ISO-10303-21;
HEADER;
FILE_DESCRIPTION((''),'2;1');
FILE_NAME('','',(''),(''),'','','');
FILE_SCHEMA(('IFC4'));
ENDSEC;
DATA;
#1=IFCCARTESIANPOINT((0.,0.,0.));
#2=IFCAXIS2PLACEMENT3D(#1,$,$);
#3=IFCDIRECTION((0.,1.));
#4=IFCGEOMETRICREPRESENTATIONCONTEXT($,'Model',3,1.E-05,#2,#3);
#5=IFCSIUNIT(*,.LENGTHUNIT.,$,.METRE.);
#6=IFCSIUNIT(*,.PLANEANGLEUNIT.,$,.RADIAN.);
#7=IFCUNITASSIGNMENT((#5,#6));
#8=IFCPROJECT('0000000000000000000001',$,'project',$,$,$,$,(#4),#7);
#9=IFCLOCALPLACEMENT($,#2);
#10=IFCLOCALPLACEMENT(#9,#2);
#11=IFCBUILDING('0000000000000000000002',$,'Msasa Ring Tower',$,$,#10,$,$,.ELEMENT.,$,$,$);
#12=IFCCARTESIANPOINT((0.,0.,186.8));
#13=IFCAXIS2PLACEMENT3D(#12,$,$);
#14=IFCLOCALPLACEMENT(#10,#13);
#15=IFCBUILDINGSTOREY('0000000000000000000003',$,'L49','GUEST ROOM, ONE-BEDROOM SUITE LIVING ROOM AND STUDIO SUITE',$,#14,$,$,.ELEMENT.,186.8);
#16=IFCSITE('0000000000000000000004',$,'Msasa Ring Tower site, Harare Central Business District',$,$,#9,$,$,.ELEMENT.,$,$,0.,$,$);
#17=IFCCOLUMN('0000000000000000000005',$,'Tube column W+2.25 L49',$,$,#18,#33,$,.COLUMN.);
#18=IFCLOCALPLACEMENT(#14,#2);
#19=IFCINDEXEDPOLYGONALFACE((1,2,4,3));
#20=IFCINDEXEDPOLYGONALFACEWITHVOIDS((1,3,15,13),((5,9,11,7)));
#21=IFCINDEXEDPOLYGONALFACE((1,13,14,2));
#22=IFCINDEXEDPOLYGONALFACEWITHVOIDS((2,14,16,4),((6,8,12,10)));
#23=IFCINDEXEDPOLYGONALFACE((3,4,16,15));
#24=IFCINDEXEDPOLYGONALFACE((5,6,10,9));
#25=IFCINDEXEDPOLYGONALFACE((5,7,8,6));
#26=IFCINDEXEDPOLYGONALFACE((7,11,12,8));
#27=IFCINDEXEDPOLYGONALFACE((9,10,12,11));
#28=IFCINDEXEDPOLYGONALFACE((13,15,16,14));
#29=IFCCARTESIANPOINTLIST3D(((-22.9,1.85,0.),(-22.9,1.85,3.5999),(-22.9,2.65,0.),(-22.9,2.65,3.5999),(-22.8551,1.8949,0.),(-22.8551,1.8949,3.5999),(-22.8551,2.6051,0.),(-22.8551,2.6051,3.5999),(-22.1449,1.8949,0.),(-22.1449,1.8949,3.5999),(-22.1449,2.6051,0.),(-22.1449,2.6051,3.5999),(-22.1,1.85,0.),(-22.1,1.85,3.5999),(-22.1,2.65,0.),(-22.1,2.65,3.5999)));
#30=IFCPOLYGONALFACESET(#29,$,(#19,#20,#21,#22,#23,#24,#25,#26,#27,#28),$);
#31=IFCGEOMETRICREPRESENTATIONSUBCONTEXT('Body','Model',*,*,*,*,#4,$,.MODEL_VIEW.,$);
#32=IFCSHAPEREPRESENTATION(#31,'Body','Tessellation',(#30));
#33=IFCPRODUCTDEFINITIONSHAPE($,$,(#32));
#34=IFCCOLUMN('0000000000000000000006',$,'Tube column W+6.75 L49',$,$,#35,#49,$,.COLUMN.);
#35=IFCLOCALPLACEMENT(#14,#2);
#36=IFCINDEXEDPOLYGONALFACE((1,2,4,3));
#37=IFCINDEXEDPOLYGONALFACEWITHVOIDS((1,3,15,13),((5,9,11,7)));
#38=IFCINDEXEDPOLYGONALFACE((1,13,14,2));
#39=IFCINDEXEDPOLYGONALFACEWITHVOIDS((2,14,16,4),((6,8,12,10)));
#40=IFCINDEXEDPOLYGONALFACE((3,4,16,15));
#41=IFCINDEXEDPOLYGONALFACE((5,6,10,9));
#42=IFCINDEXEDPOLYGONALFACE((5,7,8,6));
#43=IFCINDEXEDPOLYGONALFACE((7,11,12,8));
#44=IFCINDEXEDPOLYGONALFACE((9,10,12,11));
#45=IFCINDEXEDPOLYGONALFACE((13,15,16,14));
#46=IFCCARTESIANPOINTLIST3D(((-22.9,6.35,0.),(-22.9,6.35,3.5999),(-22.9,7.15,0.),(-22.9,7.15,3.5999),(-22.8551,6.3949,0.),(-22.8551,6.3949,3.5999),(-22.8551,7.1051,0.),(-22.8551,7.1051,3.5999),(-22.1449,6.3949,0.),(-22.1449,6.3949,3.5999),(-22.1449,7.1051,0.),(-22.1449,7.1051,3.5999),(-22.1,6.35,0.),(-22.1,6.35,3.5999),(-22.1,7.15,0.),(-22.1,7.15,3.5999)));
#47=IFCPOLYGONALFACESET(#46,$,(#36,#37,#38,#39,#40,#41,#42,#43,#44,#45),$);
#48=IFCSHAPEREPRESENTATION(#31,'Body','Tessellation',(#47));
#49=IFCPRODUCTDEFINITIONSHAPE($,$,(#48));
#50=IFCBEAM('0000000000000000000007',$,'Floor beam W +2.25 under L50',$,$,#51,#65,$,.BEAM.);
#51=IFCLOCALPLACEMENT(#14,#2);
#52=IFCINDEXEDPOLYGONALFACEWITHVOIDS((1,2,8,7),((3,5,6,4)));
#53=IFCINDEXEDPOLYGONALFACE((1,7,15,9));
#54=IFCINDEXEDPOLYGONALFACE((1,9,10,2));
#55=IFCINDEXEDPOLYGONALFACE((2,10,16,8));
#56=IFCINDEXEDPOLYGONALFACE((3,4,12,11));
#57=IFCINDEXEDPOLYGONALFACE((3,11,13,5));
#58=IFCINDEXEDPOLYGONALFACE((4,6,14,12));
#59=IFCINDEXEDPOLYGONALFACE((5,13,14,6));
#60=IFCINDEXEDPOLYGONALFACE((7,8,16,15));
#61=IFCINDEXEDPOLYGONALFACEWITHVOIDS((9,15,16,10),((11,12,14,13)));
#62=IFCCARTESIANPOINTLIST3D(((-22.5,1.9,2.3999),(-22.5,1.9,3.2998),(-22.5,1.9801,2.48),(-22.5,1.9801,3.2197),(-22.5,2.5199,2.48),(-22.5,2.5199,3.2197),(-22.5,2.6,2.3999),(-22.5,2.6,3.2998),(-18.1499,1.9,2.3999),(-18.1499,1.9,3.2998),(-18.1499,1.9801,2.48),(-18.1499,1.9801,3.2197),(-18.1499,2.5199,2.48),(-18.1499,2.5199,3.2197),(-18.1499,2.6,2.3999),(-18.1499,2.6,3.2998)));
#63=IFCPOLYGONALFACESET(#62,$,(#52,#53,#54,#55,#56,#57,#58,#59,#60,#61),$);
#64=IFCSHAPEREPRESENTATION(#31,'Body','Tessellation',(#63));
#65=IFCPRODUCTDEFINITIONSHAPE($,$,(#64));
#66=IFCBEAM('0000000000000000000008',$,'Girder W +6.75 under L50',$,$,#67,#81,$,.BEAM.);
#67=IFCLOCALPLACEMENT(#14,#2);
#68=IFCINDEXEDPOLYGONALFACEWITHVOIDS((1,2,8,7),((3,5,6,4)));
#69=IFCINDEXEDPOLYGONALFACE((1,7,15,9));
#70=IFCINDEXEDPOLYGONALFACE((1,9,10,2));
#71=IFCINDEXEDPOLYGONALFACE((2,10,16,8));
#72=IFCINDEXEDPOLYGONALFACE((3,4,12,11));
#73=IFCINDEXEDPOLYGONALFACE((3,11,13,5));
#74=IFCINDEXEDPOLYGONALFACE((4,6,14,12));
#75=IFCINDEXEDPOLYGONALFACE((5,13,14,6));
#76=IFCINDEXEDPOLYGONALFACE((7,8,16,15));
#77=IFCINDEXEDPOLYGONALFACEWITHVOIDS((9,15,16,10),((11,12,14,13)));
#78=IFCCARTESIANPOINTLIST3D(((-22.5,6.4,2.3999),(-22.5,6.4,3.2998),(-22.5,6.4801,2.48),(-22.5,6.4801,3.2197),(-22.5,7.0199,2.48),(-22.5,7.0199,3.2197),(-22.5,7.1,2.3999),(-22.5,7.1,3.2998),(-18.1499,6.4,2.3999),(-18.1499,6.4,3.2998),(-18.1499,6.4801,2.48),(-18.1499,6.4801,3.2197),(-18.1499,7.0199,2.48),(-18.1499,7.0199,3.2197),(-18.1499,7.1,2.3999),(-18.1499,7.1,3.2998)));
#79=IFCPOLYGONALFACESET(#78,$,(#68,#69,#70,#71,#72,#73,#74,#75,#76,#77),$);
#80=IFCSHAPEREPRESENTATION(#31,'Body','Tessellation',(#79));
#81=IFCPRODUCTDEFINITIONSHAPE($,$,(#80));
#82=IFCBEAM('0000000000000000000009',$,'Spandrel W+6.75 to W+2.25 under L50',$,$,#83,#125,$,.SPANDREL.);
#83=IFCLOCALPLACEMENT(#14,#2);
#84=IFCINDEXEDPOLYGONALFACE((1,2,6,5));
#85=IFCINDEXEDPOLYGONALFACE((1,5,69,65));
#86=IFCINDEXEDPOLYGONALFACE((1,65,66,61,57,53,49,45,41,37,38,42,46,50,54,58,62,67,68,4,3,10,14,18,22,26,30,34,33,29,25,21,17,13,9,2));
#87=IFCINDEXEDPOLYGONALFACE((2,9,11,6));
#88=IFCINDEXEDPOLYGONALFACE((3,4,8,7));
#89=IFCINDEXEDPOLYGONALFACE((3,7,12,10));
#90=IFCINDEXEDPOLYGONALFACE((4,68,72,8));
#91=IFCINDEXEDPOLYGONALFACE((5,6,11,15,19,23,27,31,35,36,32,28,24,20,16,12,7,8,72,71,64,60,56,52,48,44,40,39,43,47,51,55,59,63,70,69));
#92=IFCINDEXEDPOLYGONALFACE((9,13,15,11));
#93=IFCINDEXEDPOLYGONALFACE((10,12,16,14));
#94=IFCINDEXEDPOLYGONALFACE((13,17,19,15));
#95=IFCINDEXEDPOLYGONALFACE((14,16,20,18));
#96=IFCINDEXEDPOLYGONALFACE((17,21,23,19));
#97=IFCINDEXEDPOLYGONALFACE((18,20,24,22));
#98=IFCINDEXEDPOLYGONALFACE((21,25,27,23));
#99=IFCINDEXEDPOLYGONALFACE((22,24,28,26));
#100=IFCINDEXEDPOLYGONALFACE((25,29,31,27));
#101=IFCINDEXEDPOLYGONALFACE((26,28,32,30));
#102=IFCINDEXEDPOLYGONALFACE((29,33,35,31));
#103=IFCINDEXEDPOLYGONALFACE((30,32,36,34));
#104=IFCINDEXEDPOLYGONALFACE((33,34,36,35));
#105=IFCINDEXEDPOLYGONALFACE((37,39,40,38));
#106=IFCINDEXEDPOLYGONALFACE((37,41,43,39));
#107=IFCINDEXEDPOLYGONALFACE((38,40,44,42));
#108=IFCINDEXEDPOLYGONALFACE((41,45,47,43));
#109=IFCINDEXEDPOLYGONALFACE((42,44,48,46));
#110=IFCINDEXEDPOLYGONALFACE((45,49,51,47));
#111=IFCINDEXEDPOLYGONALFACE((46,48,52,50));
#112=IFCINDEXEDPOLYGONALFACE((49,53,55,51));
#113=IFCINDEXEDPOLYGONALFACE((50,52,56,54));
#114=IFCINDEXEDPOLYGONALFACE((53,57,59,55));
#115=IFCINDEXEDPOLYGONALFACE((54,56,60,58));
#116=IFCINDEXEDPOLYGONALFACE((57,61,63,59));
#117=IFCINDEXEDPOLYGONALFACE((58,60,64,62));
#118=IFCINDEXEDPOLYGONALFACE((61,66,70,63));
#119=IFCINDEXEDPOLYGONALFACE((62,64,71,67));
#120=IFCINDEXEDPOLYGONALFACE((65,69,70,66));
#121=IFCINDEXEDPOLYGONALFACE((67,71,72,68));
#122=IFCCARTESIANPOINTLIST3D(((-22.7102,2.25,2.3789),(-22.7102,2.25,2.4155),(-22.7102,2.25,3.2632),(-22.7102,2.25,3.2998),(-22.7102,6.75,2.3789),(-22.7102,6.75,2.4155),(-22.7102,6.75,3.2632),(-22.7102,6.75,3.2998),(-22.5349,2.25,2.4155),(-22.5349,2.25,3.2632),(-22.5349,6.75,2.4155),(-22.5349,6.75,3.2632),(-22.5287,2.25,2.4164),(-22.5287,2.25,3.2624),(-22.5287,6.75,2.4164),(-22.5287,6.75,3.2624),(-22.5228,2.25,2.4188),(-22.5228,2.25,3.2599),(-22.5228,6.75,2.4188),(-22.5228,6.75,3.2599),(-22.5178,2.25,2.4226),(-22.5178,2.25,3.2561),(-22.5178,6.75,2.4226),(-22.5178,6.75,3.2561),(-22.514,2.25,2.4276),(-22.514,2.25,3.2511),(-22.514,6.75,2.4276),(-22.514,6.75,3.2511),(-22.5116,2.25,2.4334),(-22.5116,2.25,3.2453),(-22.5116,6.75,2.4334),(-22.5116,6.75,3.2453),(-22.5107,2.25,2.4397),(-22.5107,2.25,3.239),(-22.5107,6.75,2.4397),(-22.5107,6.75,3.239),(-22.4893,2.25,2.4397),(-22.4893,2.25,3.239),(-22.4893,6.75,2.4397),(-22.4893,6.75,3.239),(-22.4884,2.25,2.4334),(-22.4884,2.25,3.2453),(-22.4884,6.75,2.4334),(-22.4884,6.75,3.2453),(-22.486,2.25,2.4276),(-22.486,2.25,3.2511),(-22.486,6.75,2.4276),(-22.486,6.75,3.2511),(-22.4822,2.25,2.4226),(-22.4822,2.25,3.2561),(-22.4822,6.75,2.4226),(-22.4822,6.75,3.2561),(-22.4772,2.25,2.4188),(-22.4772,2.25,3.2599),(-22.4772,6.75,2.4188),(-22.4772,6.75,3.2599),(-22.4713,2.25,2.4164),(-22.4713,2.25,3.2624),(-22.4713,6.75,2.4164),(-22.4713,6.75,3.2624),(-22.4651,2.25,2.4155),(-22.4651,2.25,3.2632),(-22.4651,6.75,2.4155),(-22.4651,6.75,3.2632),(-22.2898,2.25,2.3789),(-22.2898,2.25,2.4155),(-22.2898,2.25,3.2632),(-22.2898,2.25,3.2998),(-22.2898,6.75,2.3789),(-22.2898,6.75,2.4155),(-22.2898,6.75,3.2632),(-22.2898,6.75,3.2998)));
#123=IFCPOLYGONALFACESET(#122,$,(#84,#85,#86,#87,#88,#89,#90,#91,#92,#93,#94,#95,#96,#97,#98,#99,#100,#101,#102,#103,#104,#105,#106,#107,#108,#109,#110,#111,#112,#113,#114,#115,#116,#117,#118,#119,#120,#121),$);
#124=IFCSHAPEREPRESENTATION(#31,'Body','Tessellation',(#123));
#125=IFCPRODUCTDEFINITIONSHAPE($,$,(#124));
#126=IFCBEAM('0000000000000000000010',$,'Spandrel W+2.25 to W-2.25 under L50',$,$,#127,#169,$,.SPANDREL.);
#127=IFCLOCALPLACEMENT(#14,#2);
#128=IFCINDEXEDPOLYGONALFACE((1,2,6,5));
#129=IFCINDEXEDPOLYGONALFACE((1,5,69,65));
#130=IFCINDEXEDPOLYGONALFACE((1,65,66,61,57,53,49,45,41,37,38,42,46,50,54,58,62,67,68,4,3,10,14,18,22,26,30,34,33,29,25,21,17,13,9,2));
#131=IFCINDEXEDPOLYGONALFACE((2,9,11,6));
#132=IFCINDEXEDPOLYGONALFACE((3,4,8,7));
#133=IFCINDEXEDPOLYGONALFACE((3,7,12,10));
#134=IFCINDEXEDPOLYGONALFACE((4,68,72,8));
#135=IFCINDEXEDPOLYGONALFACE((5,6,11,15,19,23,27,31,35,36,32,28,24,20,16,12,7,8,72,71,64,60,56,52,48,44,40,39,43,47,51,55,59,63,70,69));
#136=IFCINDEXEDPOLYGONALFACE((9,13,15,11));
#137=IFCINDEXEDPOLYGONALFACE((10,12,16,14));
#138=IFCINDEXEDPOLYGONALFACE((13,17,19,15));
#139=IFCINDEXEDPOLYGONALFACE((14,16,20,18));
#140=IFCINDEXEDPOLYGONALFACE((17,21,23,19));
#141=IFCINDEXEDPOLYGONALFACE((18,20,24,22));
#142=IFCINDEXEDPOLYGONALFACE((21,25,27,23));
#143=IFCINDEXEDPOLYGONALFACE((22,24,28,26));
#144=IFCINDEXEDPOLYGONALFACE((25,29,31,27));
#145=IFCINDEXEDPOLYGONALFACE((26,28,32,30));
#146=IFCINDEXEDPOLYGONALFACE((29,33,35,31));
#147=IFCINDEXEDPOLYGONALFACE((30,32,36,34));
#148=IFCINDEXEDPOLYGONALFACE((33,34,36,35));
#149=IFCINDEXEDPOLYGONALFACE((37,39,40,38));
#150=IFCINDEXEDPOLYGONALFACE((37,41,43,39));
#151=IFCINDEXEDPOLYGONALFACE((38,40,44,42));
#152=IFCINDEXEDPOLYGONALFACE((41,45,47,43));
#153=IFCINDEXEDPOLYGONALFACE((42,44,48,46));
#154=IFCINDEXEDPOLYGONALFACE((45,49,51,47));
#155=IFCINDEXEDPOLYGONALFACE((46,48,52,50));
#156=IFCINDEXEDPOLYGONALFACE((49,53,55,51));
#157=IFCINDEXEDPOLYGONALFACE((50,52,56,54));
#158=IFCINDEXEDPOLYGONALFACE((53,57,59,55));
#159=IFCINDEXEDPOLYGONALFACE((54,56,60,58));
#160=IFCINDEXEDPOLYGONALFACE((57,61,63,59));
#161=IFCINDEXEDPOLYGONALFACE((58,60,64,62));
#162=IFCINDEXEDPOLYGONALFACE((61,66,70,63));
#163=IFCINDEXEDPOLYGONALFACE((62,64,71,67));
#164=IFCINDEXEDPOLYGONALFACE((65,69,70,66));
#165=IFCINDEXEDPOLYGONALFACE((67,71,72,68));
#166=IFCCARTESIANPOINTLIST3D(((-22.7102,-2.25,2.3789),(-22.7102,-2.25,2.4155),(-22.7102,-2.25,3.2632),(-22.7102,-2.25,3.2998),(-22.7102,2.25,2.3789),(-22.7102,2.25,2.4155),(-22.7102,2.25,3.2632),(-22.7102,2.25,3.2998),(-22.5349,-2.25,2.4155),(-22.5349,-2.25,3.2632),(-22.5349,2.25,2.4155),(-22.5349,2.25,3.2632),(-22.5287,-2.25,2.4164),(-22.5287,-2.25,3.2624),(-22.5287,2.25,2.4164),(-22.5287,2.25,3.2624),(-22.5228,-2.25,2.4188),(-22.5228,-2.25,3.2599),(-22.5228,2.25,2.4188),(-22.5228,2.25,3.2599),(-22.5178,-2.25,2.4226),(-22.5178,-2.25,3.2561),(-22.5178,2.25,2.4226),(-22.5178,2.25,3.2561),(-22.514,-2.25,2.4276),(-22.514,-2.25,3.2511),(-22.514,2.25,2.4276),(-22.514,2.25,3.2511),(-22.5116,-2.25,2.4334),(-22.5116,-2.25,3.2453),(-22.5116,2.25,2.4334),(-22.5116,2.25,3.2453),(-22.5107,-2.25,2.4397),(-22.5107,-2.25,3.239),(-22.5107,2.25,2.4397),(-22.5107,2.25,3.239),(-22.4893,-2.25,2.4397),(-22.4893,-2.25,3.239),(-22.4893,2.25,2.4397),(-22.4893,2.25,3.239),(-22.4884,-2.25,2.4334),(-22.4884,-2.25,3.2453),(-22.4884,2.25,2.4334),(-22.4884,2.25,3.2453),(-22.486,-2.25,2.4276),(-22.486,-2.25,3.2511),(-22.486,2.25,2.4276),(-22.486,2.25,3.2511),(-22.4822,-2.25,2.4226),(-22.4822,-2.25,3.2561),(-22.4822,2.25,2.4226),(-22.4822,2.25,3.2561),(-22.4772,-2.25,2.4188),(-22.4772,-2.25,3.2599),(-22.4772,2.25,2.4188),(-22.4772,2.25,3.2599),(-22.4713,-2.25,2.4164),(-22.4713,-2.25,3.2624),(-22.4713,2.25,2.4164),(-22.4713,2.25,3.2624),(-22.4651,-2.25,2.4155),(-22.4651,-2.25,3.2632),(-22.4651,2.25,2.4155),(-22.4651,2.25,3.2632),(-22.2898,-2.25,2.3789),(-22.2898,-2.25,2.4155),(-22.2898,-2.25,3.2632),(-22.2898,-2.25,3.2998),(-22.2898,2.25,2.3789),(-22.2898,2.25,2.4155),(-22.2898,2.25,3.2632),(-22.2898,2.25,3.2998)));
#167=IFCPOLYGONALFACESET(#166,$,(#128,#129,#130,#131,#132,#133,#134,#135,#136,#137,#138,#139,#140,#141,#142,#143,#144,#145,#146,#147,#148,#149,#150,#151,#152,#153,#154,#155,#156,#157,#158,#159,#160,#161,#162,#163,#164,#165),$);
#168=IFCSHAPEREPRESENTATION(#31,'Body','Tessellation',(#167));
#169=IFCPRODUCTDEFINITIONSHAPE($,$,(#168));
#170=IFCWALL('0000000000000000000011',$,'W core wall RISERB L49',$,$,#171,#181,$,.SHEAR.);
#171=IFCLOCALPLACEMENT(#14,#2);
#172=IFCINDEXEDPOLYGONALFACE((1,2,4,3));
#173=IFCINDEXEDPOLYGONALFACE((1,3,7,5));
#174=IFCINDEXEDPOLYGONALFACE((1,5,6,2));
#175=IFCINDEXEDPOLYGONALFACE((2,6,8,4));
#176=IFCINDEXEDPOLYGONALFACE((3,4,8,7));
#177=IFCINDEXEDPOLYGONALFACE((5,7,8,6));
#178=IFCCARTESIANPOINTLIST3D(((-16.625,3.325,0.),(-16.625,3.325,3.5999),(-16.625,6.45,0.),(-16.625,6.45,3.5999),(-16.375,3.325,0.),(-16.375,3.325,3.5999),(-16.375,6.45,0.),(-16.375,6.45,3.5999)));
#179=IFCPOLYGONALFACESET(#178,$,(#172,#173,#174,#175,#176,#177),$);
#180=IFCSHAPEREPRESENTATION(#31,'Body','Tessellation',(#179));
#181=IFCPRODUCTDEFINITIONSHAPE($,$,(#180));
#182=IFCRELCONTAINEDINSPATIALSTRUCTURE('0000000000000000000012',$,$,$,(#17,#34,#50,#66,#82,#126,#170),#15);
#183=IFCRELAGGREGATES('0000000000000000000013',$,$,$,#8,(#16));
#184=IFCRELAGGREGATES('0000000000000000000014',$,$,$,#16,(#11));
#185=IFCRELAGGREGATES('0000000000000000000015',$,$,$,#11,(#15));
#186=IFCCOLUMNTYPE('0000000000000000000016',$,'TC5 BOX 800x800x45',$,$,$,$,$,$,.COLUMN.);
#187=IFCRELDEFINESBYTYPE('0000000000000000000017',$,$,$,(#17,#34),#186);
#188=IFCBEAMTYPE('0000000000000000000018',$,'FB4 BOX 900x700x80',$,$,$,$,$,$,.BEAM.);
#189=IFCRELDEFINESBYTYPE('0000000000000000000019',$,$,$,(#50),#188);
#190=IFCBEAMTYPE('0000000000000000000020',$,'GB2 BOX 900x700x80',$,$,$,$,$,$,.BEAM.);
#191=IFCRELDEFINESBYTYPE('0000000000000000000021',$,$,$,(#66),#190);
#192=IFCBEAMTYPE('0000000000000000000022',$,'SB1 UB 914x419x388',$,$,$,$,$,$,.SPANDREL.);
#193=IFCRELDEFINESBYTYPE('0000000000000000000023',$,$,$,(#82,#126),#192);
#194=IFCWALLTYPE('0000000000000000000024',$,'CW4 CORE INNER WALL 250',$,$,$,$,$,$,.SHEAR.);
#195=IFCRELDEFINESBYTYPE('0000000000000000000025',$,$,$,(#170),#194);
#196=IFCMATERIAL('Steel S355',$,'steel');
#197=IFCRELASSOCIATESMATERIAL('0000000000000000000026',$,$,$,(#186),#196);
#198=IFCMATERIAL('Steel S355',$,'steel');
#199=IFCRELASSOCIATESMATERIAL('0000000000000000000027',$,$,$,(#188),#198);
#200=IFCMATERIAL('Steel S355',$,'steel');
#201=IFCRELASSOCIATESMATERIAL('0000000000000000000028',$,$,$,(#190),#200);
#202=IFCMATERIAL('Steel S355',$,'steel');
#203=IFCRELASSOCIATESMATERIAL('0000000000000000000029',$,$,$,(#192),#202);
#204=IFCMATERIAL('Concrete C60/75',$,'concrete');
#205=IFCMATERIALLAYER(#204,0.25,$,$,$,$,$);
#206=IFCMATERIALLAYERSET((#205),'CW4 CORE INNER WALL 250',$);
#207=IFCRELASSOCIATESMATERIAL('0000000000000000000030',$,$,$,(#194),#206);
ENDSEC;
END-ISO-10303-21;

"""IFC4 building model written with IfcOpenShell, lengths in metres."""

from ifc_helpers import new_model, si_unit, direction, frame, frame_2d, origin, origin_2d, place, context, subcontext, project, spatial, rectangle, hollow_rectangle, i_section, extrude, material, layer, layer_set, material_profile, profile_set, type_object, element, save


model = new_model("IFC4")

# Units and contexts
model_context = context("Model", 3, precision=1e-05, world=origin(), true_north=direction((0.0, 1.0)))
body_context = subcontext(model_context, "Body", "Model", "MODEL_VIEW")
ifc_project = project(units=[si_unit("LENGTHUNIT", "METRE"), si_unit("PLANEANGLEUNIT", "RADIAN")], contexts=[model_context])

# Site, building, storey
site_placement = place(None, origin())
site = spatial("IfcSite", under=ifc_project, at=site_placement, Name="Msasa Ring Tower site, Harare Central Business District", CompositionType="ELEMENT", RefElevation=0.0)
building_placement = place(site_placement, origin())
building = spatial("IfcBuilding", under=site, at=building_placement, Name="Msasa Ring Tower", CompositionType="ELEMENT")
storey_placement = place(building_placement, frame((0.0, 0.0, 186.8)))
storey = spatial("IfcBuildingStorey", under=building, at=storey_placement, Name="L49", Description="GUEST ROOM, ONE-BEDROOM SUITE LIVING ROOM AND STUDIO SUITE", CompositionType="ELEMENT", Elevation=186.8)

# Columns
ifc_material_1 = material(Name="Steel S355", Category="steel")
ifc_material_profile_1 = material_profile(ifc_material_1, hollow_rectangle(XDim=0.8, YDim=0.8, WallThickness=0.0449, at=origin_2d()), Name="BOX 800x800x45")
ifc_profile_set_1 = profile_set([ifc_material_profile_1], Name="Steel S355")
column_type = type_object("IfcColumnType", Name="TC5 BOX 800x800x45", PredefinedType="COLUMN", material=ifc_profile_set_1)
for number, where, z_axis, x_axis, name in (
    (1, (-22.5, 2.25, 0.0), (0.0, 0.0, 1.0), (1.0, 0.0, 0.0), "Tube column W+2.25 L49"),
    (2, (-22.5, 6.75, 0.0), (0.0, 0.0, 1.0), (1.0, 0.0, 0.0), "Tube column W+6.75 L49"),
):
    element("IfcColumn", number, at=place(storey_placement, frame(where, z_axis=z_axis, x_axis=x_axis)), inside=storey, type_object=column_type, Name=name, PredefinedType="COLUMN", context=body_context, shape_type="SweptSolid", body=[
        extrude(hollow_rectangle(XDim=0.8, YDim=0.8, WallThickness=0.0449, at=origin_2d()), origin(), (0.0, 0.0, 1.0), 3.5999),
    ])

# Beams
ifc_material_2 = material(Name="Steel S355", Category="steel")
ifc_material_profile_2 = material_profile(ifc_material_2, hollow_rectangle(XDim=0.7, YDim=0.8999, WallThickness=0.0801, at=origin_2d()), Name="BOX 900x700x80")
ifc_profile_set_2 = profile_set([ifc_material_profile_2], Name="Steel S355")
beam_type_1 = type_object("IfcBeamType", Name="FB4 BOX 900x700x80", PredefinedType="BEAM", material=ifc_profile_set_2)
beam_1_placement = place(storey_placement, frame((-22.5, 2.25, 2.8499), z_axis=(1.0, 0.0, 0.0), x_axis=(0.0, 1.0, 0.0)))
element("IfcBeam", 3, at=beam_1_placement, inside=storey, type_object=beam_type_1, Name="Floor beam W +2.25 under L50", PredefinedType="BEAM", context=body_context, shape_type="SweptSolid", body=[
    extrude(hollow_rectangle(XDim=0.7, YDim=0.8999, WallThickness=0.0801, at=origin_2d()), origin(), (0.0, 0.0, 1.0), 4.3501),
])
ifc_material_3 = material(Name="Steel S355", Category="steel")
ifc_material_profile_3 = material_profile(ifc_material_3, hollow_rectangle(XDim=0.7, YDim=0.8999, WallThickness=0.0801, at=origin_2d()), Name="BOX 900x700x80")
ifc_profile_set_3 = profile_set([ifc_material_profile_3], Name="Steel S355")
beam_type_2 = type_object("IfcBeamType", Name="GB2 BOX 900x700x80", PredefinedType="BEAM", material=ifc_profile_set_3)
beam_2_placement = place(storey_placement, frame((-18.1499, 6.75, 2.8499), z_axis=(-1.0, 0.0, 0.0), x_axis=(0.0, -1.0, 0.0)))
element("IfcBeam", 4, at=beam_2_placement, inside=storey, type_object=beam_type_2, Name="Girder W +6.75 under L50", PredefinedType="BEAM", context=body_context, shape_type="SweptSolid", body=[
    extrude(hollow_rectangle(XDim=0.7, YDim=0.8999, WallThickness=0.0801, at=origin_2d()), origin(), (0.0, 0.0, 1.0), 4.3501),
])
ifc_material_4 = material(Name="Steel S355", Category="steel")
ifc_material_profile_4 = material_profile(ifc_material_4, i_section(OverallWidth=0.4204, OverallDepth=0.9209, WebThickness=0.0215, FlangeThickness=0.0366, FilletRadius=0.0242, at=origin_2d()), Name="UB 914x419x388")
ifc_profile_set_4 = profile_set([ifc_material_profile_4], Name="Steel S355")
beam_type_3 = type_object("IfcBeamType", Name="SB1 UB 914x419x388", PredefinedType="SPANDREL", material=ifc_profile_set_4)
for number, where, z_axis, x_axis, name in (
    (5, (-22.5, 6.75, 2.8394), (0.0, -1.0, 0.0), (1.0, 0.0, 0.0), "Spandrel W+6.75 to W+2.25 under L50"),
    (6, (-22.5, 2.25, 2.8394), (0.0, -1.0, 0.0), (1.0, 0.0, 0.0), "Spandrel W+2.25 to W-2.25 under L50"),
):
    element("IfcBeam", number, at=place(storey_placement, frame(where, z_axis=z_axis, x_axis=x_axis)), inside=storey, type_object=beam_type_3, Name=name, PredefinedType="SPANDREL", context=body_context, shape_type="SweptSolid", body=[
        extrude(i_section(OverallWidth=0.4204, OverallDepth=0.9209, WebThickness=0.0215, FlangeThickness=0.0366, FilletRadius=0.0242, at=origin_2d()), origin(), (0.0, 0.0, 1.0), 4.5),
    ])

# Wall
ifc_material_5 = material(Name="Concrete C60/75", Category="concrete")
ifc_layer_1 = layer(ifc_material_5, 0.25)
ifc_layer_set_1 = layer_set([ifc_layer_1], Name="CW4 CORE INNER WALL 250")
wall_type_1 = type_object("IfcWallType", Name="CW4 CORE INNER WALL 250", PredefinedType="SHEAR", material=ifc_layer_set_1)
wall_1_placement = place(storey_placement, frame((-16.5, 3.325, 0.0), z_axis=(0.0, 0.0, 1.0), x_axis=(0.0, 1.0, 0.0)))
element("IfcWall", 7, at=wall_1_placement, inside=storey, type_object=wall_type_1, Name="W core wall RISERB L49", PredefinedType="SHEAR", context=body_context, shape_type="SweptSolid", body=[
    extrude(rectangle(XDim=3.125, YDim=0.25, at=frame_2d((1.5625, 0.0))), origin(), (0.0, 0.0, 1.0), 3.5999),
])

save(model, "model.ifc")
